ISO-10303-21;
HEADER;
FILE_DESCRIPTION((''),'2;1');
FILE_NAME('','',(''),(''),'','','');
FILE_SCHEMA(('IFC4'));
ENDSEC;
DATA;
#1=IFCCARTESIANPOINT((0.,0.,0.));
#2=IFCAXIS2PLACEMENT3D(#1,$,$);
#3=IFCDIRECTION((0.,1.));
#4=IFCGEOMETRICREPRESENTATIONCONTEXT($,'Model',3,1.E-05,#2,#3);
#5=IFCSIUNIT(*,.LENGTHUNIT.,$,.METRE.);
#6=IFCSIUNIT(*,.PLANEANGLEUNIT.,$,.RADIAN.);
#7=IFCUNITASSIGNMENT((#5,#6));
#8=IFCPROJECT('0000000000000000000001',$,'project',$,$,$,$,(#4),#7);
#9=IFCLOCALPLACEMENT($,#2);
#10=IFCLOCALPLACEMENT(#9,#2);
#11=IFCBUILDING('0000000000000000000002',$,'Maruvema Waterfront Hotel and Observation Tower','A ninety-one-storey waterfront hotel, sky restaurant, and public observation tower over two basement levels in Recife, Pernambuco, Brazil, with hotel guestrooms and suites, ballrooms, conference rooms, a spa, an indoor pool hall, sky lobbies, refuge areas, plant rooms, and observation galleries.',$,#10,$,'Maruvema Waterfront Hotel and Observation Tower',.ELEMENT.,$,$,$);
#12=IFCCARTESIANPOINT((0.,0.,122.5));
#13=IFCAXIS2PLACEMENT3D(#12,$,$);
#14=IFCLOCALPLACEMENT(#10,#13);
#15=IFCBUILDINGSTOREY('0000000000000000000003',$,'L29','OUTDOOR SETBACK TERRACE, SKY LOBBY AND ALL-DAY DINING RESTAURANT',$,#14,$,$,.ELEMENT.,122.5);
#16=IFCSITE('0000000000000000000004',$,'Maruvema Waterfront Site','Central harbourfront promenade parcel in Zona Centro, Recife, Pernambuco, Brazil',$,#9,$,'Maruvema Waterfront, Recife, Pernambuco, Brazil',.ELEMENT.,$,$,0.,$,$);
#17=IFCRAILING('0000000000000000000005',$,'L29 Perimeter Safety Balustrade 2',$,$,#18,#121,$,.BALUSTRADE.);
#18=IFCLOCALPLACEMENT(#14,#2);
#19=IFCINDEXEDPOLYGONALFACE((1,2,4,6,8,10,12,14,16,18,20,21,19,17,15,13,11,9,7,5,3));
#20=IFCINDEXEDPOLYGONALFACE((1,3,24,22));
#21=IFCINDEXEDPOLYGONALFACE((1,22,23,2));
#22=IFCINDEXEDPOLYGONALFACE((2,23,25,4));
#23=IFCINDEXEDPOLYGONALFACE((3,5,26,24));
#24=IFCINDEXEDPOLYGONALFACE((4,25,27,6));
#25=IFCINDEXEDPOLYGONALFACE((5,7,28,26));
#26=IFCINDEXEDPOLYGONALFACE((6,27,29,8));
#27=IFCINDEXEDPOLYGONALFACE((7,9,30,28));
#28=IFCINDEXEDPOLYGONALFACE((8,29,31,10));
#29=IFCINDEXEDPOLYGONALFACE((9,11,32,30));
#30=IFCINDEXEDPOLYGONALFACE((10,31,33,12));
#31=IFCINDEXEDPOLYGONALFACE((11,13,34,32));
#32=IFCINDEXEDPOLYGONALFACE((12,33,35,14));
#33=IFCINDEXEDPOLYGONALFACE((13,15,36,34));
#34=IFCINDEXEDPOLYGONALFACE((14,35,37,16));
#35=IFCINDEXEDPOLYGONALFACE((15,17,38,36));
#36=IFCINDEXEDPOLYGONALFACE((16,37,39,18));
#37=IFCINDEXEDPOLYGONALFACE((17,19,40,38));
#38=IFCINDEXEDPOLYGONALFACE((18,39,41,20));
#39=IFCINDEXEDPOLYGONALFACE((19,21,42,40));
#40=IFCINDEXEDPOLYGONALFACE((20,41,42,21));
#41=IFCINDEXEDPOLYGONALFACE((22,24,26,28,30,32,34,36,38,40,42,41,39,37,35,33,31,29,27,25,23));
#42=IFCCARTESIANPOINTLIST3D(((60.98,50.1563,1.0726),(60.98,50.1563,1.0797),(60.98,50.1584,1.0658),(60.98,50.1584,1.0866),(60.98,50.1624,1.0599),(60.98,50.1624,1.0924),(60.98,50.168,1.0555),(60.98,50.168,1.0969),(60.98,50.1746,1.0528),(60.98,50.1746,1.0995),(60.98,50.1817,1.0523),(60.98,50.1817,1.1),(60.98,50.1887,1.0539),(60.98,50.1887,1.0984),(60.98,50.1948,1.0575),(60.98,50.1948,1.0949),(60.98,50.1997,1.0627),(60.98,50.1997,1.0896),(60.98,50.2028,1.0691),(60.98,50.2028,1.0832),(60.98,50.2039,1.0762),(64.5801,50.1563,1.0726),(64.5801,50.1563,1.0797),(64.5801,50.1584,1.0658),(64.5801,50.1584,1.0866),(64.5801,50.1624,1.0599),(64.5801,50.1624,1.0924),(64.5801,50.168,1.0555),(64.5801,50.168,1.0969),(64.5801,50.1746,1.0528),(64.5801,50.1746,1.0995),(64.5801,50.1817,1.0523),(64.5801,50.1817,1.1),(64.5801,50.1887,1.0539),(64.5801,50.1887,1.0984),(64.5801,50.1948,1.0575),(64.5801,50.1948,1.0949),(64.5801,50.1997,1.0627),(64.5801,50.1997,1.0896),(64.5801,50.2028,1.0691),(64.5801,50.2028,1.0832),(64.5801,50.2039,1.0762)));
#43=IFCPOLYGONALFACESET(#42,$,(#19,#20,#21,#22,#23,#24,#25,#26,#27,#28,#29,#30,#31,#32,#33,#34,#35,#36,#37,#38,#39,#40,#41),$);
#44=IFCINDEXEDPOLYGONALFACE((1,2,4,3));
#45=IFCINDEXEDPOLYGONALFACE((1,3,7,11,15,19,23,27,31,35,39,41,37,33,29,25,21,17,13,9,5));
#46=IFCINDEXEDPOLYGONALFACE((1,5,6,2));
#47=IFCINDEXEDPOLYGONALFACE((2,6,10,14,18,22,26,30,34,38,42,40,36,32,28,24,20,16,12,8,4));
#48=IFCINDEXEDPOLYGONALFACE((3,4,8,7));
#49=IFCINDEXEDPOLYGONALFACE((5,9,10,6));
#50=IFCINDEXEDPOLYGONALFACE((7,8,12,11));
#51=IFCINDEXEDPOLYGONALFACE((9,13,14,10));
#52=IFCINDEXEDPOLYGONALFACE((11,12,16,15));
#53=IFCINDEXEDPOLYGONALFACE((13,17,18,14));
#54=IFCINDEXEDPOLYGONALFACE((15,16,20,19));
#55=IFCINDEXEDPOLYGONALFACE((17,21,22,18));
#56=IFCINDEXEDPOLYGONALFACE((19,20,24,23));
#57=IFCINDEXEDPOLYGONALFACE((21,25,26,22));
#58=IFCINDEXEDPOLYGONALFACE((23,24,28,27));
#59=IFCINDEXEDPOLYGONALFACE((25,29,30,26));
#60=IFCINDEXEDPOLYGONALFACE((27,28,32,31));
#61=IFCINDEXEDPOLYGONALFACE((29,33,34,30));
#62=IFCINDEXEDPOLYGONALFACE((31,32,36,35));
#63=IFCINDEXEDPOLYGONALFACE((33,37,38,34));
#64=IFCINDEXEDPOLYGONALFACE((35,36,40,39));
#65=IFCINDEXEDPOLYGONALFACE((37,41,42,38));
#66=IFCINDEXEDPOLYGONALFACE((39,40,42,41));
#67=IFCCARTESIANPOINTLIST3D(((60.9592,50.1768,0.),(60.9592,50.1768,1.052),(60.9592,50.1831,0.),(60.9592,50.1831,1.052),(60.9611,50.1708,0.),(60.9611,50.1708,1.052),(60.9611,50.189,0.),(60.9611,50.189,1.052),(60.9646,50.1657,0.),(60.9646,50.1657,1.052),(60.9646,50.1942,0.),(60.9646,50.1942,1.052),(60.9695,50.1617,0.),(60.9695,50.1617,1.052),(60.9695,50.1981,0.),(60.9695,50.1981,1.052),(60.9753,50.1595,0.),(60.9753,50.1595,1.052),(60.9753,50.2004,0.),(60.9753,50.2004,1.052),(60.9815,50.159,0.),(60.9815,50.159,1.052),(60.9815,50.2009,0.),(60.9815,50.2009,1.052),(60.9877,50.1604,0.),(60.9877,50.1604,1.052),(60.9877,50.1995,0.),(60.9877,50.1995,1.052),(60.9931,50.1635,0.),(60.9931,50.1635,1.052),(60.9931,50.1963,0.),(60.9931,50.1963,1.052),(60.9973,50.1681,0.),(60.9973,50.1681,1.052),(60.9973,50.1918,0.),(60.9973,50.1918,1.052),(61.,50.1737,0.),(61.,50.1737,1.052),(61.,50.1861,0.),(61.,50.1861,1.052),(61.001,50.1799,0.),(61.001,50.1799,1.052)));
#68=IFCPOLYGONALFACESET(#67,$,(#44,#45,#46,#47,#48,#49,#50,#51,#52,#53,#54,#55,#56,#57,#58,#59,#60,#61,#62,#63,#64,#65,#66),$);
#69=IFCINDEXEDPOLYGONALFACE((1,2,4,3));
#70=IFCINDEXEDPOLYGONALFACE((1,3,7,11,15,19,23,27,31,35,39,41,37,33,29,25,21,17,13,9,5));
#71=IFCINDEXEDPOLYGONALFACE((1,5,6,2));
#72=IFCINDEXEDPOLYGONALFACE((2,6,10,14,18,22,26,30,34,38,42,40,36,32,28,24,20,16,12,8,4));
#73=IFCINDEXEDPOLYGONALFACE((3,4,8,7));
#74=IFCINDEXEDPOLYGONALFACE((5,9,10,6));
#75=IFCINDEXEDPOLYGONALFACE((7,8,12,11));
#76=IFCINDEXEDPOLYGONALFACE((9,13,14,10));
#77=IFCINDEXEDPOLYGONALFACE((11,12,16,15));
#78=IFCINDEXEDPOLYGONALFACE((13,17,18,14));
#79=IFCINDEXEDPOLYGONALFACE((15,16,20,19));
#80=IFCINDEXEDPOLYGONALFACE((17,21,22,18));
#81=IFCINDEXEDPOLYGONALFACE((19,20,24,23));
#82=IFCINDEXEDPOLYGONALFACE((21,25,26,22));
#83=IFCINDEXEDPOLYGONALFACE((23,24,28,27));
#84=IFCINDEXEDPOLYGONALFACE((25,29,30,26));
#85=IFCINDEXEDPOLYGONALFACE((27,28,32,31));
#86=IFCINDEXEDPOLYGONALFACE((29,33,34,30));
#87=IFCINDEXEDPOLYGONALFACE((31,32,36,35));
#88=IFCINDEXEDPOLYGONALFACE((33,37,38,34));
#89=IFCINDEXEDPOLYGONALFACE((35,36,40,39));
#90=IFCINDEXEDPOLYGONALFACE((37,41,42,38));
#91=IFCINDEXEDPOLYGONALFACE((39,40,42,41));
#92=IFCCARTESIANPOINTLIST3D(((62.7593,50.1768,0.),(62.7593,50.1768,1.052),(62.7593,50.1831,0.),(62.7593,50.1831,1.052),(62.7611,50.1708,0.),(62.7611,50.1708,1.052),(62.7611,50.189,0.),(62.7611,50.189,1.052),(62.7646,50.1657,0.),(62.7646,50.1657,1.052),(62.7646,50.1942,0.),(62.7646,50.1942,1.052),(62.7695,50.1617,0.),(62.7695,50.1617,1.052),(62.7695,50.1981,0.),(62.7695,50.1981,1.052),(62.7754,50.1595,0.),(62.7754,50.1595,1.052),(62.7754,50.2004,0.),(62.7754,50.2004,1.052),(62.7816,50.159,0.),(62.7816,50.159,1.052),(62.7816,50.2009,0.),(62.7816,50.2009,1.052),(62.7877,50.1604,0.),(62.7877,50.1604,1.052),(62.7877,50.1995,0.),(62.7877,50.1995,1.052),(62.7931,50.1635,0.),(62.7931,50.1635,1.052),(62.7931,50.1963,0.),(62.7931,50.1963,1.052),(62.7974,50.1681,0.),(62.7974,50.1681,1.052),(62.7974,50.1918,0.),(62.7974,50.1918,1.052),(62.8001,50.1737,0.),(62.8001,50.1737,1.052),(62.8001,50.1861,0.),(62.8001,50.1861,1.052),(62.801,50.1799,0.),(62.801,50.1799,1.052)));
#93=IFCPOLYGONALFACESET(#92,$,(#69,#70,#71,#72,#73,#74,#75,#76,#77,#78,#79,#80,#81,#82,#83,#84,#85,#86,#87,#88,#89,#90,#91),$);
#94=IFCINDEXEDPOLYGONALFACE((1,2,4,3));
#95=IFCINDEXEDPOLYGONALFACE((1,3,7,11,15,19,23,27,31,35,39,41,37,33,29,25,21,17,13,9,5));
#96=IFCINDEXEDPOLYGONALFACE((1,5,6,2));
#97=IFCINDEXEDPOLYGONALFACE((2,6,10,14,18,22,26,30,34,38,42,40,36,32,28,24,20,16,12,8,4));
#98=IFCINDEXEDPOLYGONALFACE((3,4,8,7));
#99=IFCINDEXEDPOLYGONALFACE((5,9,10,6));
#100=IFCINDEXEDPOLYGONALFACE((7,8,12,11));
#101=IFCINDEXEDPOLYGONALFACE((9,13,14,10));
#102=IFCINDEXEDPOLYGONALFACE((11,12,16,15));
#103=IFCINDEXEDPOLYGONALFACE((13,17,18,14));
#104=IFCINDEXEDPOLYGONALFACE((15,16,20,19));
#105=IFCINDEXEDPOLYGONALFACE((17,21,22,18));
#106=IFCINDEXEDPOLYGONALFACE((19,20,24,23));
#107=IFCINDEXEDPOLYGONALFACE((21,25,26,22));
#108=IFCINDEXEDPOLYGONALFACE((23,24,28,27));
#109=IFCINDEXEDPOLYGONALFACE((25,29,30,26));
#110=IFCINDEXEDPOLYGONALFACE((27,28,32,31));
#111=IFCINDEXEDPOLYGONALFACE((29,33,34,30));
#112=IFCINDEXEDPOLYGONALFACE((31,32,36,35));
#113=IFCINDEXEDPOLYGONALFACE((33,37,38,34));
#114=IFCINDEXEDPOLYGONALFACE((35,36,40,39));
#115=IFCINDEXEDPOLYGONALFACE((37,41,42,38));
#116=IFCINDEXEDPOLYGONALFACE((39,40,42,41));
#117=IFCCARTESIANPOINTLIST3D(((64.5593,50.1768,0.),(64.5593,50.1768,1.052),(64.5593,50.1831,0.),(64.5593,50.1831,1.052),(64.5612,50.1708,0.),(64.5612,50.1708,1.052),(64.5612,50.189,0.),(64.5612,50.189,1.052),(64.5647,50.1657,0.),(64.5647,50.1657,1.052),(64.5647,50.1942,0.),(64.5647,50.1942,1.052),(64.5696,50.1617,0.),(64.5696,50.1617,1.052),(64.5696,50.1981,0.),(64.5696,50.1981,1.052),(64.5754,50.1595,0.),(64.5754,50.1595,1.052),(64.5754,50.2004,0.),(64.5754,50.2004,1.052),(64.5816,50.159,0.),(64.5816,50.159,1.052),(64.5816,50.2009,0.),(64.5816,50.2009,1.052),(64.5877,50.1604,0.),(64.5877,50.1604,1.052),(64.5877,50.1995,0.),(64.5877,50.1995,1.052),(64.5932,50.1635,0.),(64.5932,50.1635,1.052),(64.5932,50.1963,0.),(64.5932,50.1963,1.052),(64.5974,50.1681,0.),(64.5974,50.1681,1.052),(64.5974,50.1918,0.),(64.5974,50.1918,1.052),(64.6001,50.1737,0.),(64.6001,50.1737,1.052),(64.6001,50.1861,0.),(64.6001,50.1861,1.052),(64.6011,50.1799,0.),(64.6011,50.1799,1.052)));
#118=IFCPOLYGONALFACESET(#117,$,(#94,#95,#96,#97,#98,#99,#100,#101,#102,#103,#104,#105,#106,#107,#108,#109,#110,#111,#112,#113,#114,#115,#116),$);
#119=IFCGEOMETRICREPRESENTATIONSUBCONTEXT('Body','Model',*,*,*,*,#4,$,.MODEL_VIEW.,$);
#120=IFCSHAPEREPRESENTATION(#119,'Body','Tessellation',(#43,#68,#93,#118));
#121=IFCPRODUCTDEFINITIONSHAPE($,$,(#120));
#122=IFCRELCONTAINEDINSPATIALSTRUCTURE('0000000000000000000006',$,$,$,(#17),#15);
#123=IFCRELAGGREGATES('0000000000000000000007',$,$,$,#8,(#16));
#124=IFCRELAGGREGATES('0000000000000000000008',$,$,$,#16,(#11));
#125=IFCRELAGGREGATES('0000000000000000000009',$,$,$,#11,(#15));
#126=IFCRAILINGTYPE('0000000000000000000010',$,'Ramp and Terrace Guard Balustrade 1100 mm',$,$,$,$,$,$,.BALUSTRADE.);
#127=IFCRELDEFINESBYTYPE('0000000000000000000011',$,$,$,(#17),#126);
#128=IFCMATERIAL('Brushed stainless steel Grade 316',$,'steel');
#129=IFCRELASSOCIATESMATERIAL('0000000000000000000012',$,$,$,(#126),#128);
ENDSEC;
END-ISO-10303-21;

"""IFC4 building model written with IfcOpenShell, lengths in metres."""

from ifc_helpers import new_model, si_unit, direction, frame, origin, origin_2d, place, context, subcontext, project, spatial, circle, extrude, material, type_object, element, save


model = new_model("IFC4")

# Units and contexts
model_context = context("Model", 3, precision=1e-05, world=origin(), true_north=direction((0.0, 1.0)))
body_context = subcontext(model_context, "Body", "Model", "MODEL_VIEW")
ifc_project = project(units=[si_unit("LENGTHUNIT", "METRE"), si_unit("PLANEANGLEUNIT", "RADIAN")], contexts=[model_context])

# Site, building, storey
site_placement = place(None, origin())
site = spatial("IfcSite", under=ifc_project, at=site_placement, Name="Maruvema Waterfront Site", Description="Central harbourfront promenade parcel in Zona Centro, Recife, Pernambuco, Brazil", LongName="Maruvema Waterfront, Recife, Pernambuco, Brazil", CompositionType="ELEMENT", RefElevation=0.0)
building_placement = place(site_placement, origin())
building = spatial("IfcBuilding", under=site, at=building_placement, Name="Maruvema Waterfront Hotel and Observation Tower", Description="A ninety-one-storey waterfront hotel, sky restaurant, and public observation tower over two basement levels in Recife, Pernambuco, Brazil, with hotel guestrooms and suites, ballrooms, conference rooms, a spa, an indoor pool hall, sky lobbies, refuge areas, plant rooms, and observation galleries.", LongName="Maruvema Waterfront Hotel and Observation Tower", CompositionType="ELEMENT")
storey_placement = place(building_placement, frame((0.0, 0.0, 122.5)))
storey = spatial("IfcBuildingStorey", under=building, at=storey_placement, Name="L29", Description="OUTDOOR SETBACK TERRACE, SKY LOBBY AND ALL-DAY DINING RESTAURANT", CompositionType="ELEMENT", Elevation=122.5)

# Railing
ifc_material_1 = material(Name="Brushed stainless steel Grade 316", Category="steel")
railing_type = type_object("IfcRailingType", Name="Ramp and Terrace Guard Balustrade 1100 mm", PredefinedType="BALUSTRADE", material=ifc_material_1)
railing_1_placement = place(storey_placement, frame((60.98, 50.1799, 0.0)))
element("IfcRailing", 1, at=railing_1_placement, inside=storey, type_object=railing_type, Name="L29 Perimeter Safety Balustrade 2", PredefinedType="BALUSTRADE", context=body_context, shape_type="SweptSolid", body=[
    extrude(circle(Radius=0.0239, at=origin_2d()), frame((0.0, 0.0, 1.0762), z_axis=(1.0, 0.0, 0.0), x_axis=(0.0, 1.0, 0.0)), (0.0, 0.0, 1.0), 3.6001),
    extrude(circle(Radius=0.021, at=origin_2d()), origin(), (0.0, 0.0, 1.0), 1.052),
    extrude(circle(Radius=0.021, at=origin_2d()), frame((1.8, 0.0, 0.0)), (0.0, 0.0, 1.0), 1.052),
    extrude(circle(Radius=0.021, at=origin_2d()), frame((3.6001, 0.0, 0.0)), (0.0, 0.0, 1.0), 1.052),
])

save(model, "model.ifc")
